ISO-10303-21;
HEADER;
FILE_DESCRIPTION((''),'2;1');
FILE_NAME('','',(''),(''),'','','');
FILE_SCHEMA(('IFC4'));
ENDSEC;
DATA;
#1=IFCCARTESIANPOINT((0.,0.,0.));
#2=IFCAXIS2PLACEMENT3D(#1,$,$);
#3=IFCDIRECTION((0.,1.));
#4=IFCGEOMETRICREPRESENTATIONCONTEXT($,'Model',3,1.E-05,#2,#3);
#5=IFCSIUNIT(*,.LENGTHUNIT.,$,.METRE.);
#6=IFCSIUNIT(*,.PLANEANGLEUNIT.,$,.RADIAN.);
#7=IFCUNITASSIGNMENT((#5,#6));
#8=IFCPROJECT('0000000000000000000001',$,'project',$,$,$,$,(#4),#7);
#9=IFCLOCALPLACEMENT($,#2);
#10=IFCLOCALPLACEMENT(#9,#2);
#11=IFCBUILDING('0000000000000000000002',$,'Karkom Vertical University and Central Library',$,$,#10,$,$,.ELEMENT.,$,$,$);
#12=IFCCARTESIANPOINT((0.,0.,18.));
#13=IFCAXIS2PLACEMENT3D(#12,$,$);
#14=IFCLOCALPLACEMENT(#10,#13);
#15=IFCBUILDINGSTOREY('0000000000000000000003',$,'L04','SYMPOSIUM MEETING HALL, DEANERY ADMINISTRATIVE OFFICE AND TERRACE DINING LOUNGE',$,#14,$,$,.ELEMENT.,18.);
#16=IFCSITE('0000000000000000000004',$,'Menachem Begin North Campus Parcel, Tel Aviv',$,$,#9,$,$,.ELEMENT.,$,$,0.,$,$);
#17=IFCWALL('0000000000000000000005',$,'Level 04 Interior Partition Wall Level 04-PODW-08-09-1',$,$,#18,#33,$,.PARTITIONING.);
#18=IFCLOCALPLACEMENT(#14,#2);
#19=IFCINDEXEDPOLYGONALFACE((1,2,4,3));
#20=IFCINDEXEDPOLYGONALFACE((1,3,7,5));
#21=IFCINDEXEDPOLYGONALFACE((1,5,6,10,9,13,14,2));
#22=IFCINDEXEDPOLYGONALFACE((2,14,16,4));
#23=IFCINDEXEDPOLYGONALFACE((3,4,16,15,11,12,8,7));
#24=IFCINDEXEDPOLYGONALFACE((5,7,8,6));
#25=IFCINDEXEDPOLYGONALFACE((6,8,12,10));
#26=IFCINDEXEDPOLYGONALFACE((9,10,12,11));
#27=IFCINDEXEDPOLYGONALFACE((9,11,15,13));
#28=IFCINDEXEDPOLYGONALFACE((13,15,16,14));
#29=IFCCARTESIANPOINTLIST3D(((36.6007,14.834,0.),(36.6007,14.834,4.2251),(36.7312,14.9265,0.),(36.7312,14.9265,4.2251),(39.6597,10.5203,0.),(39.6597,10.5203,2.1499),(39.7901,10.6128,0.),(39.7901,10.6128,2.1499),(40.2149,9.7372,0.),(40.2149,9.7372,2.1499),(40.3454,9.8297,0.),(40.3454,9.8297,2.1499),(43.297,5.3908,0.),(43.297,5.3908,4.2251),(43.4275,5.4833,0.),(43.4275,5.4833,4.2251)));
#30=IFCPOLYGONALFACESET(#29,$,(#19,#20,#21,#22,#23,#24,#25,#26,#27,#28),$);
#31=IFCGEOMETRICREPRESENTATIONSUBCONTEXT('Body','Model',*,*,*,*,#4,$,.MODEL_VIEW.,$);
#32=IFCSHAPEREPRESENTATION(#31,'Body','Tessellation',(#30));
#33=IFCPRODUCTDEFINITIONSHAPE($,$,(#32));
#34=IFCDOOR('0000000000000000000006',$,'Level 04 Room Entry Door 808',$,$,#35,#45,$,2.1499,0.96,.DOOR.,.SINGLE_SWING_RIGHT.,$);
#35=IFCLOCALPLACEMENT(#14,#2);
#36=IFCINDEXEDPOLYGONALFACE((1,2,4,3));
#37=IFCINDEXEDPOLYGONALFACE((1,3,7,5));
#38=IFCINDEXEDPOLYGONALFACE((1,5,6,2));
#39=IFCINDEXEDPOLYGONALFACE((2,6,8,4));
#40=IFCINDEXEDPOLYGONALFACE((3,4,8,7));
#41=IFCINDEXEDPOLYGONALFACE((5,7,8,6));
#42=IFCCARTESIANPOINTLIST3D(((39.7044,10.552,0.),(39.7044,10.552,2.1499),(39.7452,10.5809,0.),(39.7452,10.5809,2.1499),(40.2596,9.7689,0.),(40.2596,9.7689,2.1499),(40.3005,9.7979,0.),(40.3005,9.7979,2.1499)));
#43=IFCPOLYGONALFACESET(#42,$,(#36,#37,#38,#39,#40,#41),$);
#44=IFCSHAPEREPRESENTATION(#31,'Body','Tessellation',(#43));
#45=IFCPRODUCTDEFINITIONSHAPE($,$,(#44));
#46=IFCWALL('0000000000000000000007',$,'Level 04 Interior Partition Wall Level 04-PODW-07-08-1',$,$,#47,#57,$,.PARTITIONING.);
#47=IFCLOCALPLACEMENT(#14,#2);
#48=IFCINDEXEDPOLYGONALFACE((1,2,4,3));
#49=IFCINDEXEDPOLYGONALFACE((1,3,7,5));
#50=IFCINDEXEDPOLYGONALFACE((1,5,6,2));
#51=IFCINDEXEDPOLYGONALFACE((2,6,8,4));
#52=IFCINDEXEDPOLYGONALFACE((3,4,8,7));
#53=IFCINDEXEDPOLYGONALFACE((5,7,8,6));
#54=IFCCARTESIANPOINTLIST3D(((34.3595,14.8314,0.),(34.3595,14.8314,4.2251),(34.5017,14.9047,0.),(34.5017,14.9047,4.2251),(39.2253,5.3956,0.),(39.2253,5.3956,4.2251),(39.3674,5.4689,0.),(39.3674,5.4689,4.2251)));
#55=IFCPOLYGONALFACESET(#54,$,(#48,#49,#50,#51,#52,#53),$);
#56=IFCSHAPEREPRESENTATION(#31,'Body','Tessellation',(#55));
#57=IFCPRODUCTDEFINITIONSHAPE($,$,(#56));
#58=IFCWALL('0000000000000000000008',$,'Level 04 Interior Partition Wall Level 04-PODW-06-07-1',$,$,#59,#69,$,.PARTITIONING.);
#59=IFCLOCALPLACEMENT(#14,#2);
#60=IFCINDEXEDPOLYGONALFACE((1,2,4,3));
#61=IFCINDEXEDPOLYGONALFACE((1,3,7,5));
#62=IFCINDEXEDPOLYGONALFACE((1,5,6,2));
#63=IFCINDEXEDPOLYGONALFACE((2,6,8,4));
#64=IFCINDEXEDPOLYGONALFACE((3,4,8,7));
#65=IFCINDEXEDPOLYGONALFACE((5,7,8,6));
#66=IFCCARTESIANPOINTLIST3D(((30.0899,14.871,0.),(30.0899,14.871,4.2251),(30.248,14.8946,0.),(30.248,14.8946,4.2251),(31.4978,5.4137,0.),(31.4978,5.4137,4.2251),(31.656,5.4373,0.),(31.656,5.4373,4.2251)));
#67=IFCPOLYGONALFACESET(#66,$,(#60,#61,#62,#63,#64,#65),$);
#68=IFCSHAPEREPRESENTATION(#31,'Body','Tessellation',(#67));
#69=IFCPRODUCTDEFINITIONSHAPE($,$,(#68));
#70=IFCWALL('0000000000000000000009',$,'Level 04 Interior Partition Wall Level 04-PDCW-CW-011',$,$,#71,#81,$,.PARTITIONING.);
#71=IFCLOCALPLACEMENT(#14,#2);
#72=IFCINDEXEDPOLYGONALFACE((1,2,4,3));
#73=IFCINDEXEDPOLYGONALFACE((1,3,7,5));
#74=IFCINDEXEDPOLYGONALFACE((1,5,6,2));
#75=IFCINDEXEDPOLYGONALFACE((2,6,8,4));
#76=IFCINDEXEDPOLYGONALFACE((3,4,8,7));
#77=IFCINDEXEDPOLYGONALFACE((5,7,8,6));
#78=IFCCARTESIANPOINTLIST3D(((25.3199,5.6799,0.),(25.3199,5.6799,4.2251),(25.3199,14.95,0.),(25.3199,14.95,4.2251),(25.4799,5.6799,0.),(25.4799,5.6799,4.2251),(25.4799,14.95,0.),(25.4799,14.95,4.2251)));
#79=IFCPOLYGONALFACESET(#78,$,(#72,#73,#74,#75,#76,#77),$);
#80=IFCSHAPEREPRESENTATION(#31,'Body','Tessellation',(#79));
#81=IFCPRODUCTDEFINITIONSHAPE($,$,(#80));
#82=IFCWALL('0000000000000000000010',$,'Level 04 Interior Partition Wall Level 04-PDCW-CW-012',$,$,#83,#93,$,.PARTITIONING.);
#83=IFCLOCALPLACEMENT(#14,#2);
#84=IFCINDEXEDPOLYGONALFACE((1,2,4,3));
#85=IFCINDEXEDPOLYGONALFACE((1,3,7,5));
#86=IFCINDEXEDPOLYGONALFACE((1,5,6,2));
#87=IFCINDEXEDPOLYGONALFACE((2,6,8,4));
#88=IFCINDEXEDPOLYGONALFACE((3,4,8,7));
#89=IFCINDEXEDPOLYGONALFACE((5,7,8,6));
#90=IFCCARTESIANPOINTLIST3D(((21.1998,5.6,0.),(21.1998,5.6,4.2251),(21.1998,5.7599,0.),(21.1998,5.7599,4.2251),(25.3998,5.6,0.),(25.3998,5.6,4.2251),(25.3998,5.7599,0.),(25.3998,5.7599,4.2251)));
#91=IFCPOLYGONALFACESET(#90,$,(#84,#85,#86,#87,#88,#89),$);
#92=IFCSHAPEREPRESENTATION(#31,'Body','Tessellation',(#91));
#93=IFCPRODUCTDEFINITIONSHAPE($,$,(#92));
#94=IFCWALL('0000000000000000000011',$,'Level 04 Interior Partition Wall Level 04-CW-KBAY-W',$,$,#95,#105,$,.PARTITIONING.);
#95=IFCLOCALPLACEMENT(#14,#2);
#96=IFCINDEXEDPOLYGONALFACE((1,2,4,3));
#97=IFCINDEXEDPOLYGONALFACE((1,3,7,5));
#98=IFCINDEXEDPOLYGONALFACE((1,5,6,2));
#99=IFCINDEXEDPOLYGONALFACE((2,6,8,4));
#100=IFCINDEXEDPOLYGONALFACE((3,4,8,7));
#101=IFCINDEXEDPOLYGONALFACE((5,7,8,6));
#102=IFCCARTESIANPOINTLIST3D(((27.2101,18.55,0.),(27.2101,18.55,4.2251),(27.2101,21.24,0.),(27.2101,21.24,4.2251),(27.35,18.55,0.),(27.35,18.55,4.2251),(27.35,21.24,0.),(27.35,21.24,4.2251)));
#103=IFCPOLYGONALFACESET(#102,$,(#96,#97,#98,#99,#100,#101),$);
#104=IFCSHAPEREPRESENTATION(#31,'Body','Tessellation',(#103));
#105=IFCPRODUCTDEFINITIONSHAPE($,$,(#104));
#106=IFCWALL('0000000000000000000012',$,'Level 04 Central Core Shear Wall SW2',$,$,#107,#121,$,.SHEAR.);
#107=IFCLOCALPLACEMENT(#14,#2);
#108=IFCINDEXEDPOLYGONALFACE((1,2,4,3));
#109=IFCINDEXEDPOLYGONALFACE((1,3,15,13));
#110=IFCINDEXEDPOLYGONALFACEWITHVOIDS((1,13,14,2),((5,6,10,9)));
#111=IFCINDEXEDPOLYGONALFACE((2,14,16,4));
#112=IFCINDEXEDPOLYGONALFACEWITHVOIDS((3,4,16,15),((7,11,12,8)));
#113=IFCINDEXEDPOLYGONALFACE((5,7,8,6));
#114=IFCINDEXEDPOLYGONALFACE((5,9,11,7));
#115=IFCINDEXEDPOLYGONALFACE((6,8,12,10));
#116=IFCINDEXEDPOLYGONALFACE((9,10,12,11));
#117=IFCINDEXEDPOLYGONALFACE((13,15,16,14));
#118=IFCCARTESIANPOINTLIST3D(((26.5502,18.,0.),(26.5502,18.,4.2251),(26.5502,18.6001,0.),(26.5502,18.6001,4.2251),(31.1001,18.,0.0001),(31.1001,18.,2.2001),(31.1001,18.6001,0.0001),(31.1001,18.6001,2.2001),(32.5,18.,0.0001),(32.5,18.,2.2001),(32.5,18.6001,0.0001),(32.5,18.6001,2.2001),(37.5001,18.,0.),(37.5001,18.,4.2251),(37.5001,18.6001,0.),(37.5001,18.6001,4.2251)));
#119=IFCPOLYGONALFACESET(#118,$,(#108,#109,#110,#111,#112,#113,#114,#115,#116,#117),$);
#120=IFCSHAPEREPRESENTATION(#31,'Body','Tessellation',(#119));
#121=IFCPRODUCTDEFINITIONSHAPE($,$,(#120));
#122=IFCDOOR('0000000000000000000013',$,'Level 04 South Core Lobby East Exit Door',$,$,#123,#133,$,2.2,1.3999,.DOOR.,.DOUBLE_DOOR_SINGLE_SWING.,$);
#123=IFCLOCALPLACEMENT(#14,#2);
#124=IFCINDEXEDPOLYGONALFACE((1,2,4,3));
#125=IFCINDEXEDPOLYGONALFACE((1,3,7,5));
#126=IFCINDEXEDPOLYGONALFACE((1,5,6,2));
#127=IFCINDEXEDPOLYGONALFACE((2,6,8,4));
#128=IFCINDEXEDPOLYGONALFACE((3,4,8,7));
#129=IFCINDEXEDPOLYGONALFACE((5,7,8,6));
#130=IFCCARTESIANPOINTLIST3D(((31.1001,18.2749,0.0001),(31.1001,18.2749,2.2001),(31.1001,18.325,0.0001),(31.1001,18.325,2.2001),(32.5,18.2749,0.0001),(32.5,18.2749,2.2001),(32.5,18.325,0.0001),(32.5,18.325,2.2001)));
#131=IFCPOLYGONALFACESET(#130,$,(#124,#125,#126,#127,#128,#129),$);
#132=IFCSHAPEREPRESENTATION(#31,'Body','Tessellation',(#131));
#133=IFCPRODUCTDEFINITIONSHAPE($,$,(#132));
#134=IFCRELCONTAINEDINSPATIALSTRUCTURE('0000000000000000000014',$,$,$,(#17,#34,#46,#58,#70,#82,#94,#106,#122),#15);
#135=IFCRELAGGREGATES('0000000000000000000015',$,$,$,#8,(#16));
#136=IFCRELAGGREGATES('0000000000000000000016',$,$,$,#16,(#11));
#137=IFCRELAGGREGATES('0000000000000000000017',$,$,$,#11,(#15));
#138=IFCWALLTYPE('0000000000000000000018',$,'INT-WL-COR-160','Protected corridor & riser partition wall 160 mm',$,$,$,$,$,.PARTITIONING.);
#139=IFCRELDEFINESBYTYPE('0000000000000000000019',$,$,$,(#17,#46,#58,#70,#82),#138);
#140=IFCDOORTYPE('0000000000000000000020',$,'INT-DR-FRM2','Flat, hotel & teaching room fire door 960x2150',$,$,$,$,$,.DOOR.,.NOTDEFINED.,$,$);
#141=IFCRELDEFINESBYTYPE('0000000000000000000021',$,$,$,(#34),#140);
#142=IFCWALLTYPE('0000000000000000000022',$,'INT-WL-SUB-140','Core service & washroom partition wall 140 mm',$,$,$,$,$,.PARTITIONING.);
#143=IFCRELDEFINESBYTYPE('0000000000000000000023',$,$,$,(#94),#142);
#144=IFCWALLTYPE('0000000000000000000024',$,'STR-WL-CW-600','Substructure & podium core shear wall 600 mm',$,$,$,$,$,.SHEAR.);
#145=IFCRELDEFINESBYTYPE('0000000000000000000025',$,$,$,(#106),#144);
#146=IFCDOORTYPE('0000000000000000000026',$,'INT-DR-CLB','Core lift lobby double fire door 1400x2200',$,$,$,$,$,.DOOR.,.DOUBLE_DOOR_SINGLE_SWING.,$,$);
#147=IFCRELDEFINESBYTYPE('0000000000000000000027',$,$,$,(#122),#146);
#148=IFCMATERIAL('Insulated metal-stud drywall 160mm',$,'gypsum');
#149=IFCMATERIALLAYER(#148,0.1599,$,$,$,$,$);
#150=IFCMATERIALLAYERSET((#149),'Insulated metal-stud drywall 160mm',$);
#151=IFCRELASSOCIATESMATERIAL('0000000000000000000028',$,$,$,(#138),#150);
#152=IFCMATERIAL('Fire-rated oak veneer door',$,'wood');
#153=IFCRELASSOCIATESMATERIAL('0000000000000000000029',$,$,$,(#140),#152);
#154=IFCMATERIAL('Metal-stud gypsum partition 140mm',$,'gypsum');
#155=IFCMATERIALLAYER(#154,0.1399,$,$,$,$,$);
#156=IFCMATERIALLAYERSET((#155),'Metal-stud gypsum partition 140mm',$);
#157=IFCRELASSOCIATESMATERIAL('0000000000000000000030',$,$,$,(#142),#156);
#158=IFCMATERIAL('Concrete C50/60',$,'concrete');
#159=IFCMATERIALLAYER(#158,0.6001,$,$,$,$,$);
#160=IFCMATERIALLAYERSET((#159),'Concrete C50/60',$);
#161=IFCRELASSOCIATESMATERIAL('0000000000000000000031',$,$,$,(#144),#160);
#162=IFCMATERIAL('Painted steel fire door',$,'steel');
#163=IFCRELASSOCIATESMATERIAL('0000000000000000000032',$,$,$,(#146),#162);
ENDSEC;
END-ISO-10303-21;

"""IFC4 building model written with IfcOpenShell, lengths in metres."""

from ifc_helpers import new_model, si_unit, direction, frame, frame_2d, origin, origin_with_axes, place, context, subcontext, project, spatial, rectangle, extrude, source, transform, mapped, material, layer, layer_set, type_object, element, fill, save


model = new_model("IFC4")

# Units and contexts
model_context = context("Model", 3, precision=1e-05, world=origin(), true_north=direction((0.0, 1.0)))
body_context = subcontext(model_context, "Body", "Model", "MODEL_VIEW")
ifc_project = project(units=[si_unit("LENGTHUNIT", "METRE"), si_unit("PLANEANGLEUNIT", "RADIAN")], contexts=[model_context])

# Site, building, storey
site_placement = place(None, origin())
site = spatial("IfcSite", under=ifc_project, at=site_placement, Name="Menachem Begin North Campus Parcel, Tel Aviv", CompositionType="ELEMENT", RefElevation=0.0)
building_placement = place(site_placement, origin())
building = spatial("IfcBuilding", under=site, at=building_placement, Name="Karkom Vertical University and Central Library", CompositionType="ELEMENT")
storey_placement = place(building_placement, frame((0.0, 0.0, 18.0)))
storey = spatial("IfcBuildingStorey", under=building, at=storey_placement, Name="L04", Description="SYMPOSIUM MEETING HALL, DEANERY ADMINISTRATIVE OFFICE AND TERRACE DINING LOUNGE", CompositionType="ELEMENT", Elevation=18.0)

# Shared definitions
ifc_material_1 = material(Name="Concrete C50/60", Category="concrete")

# Wall, opening, door
ifc_material_2 = material(Name="Insulated metal-stud drywall 160mm", Category="gypsum")
ifc_layer_1 = layer(ifc_material_2, 0.1599)
ifc_layer_set_1 = layer_set([ifc_layer_1], Name="Insulated metal-stud drywall 160mm")
wall_type_1 = type_object("IfcWallType", Name="INT-WL-COR-160", Description="Protected corridor & riser partition wall 160 mm", PredefinedType="PARTITIONING", material=ifc_layer_set_1)
wall_1_placement = place(storey_placement, frame((36.666, 14.8801, 0.0), z_axis=(0.0, 0.0, 1.0), x_axis=(0.578444, -0.815722, 0.0)))
wall_1 = element("IfcWall", 1, at=wall_1_placement, inside=storey, type_object=wall_type_1, Name="Level 04 Interior Partition Wall Level 04-PODW-08-09-1", PredefinedType="PARTITIONING", context=body_context, shape_type="SweptSolid", body=[
    extrude(rectangle(XDim=11.5764, YDim=0.1599, at=frame_2d((5.7881, 0.0))), origin(), (0.0, 0.0, 1.0), 4.2251),
])
opening_1_placement = place(wall_1_placement, frame((5.2881, 0.0, 0.0)))
opening_1 = element("IfcOpeningElement", 2, at=opening_1_placement, cuts=wall_1, PredefinedType="OPENING", context=body_context, shape_type="SweptSolid", body=[
    extrude(rectangle(XDim=0.96, YDim=2.1499, at=frame_2d((0.48, 1.075))), frame((0.0, 0.0898, 0.0), z_axis=(0.0, -1.0, 0.0), x_axis=(1.0, 0.0, 0.0)), (0.0, 0.0, 1.0), 0.1799),
])
ifc_material_3 = material(Name="Fire-rated oak veneer door", Category="wood")
door_type_1 = type_object("IfcDoorType", Name="INT-DR-FRM2", Description="Flat, hotel & teaching room fire door 960x2150", OperationType="NOTDEFINED", PredefinedType="DOOR", material=ifc_material_3)
shared_shape_1 = source(origin_with_axes(), body_context, "Body", "SweptSolid", [
    extrude(rectangle(XDim=0.96, YDim=2.1499, at=frame_2d((0.48, 1.075))), frame((0.0, 0.0249, 0.0), z_axis=(0.0, -1.0, 0.0), x_axis=(1.0, 0.0, 0.0)), (0.0, 0.0, 1.0), 0.05),
])
door_1_placement = place(opening_1_placement, origin())
door_1 = element("IfcDoor", 3, at=door_1_placement, inside=storey, type_object=door_type_1, Name="Level 04 Room Entry Door 808", OperationType="SINGLE_SWING_RIGHT", OverallHeight=2.1499, OverallWidth=0.96, PredefinedType="DOOR", context=body_context, shape_type="MappedRepresentation", body=[
    mapped(shared_shape_1, transform((0.0, 0.0, 0.0), scale=1.0)),
])
fill(opening_1, door_1)

# Walls
wall_2_placement = place(storey_placement, frame((34.4307, 14.8679, 0.0), z_axis=(0.0, 0.0, 1.0), x_axis=(0.458318, -0.888788, 0.0)))
element("IfcWall", 4, at=wall_2_placement, inside=storey, type_object=wall_type_1, Name="Level 04 Interior Partition Wall Level 04-PODW-07-08-1", PredefinedType="PARTITIONING", context=body_context, shape_type="SweptSolid", body=[
    extrude(rectangle(XDim=10.6165, YDim=0.1599, at=frame_2d((5.3081, 0.0))), origin(), (0.0, 0.0, 1.0), 4.2251),
])
wall_3_placement = place(storey_placement, frame((30.1689, 14.8828, 0.0), z_axis=(0.0, 0.0, 1.0), x_axis=(0.147253, -0.989099, 0.0)))
element("IfcWall", 5, at=wall_3_placement, inside=storey, type_object=wall_type_1, Name="Level 04 Interior Partition Wall Level 04-PODW-06-07-1", PredefinedType="PARTITIONING", context=body_context, shape_type="SweptSolid", body=[
    extrude(rectangle(XDim=9.5615, YDim=0.1599, at=frame_2d((4.7808, 0.0))), origin(), (0.0, 0.0, 1.0), 4.2251),
])
wall_4_placement = place(storey_placement, frame((25.3999, 14.95, 0.0), z_axis=(0.0, 0.0, 1.0), x_axis=(0.0, -1.0, 0.0)))
element("IfcWall", 6, at=wall_4_placement, inside=storey, type_object=wall_type_1, Name="Level 04 Interior Partition Wall Level 04-PDCW-CW-011", PredefinedType="PARTITIONING", context=body_context, shape_type="SweptSolid", body=[
    extrude(rectangle(XDim=9.27, YDim=0.1599, at=frame_2d((4.635, 0.0))), origin(), (0.0, 0.0, 1.0), 4.2251),
])
wall_5_placement = place(storey_placement, frame((25.3999, 5.6799, 0.0), z_axis=(0.0, 0.0, 1.0), x_axis=(-1.0, 0.0, 0.0)))
element("IfcWall", 7, at=wall_5_placement, inside=storey, type_object=wall_type_1, Name="Level 04 Interior Partition Wall Level 04-PDCW-CW-012", PredefinedType="PARTITIONING", context=body_context, shape_type="SweptSolid", body=[
    extrude(rectangle(XDim=4.2, YDim=0.1599, at=frame_2d((2.1001, 0.0))), origin(), (0.0, 0.0, 1.0), 4.2251),
])
ifc_material_4 = material(Name="Metal-stud gypsum partition 140mm", Category="gypsum")
ifc_layer_2 = layer(ifc_material_4, 0.1399)
ifc_layer_set_2 = layer_set([ifc_layer_2], Name="Metal-stud gypsum partition 140mm")
wall_type_2 = type_object("IfcWallType", Name="INT-WL-SUB-140", Description="Core service & washroom partition wall 140 mm", PredefinedType="PARTITIONING", material=ifc_layer_set_2)
wall_6_placement = place(storey_placement, frame((27.28, 18.55, 0.0), z_axis=(0.0, 0.0, 1.0), x_axis=(0.0, 1.0, 0.0)))
element("IfcWall", 8, at=wall_6_placement, inside=storey, type_object=wall_type_2, Name="Level 04 Interior Partition Wall Level 04-CW-KBAY-W", PredefinedType="PARTITIONING", context=body_context, shape_type="SweptSolid", body=[
    extrude(rectangle(XDim=2.6899, YDim=0.1399, at=frame_2d((1.345, 0.0))), origin(), (0.0, 0.0, 1.0), 4.2251),
])

# Wall, opening, door
ifc_layer_3 = layer(ifc_material_1, 0.6001)
ifc_layer_set_3 = layer_set([ifc_layer_3], Name="Concrete C50/60")
wall_type_3 = type_object("IfcWallType", Name="STR-WL-CW-600", Description="Substructure & podium core shear wall 600 mm", PredefinedType="SHEAR", material=ifc_layer_set_3)
wall_7_placement = place(storey_placement, frame((26.55, 18.3, 0.0), z_axis=(0.0, 0.0, 1.0), x_axis=(1.0, 0.0, 0.0)))
wall_7 = element("IfcWall", 9, at=wall_7_placement, inside=storey, type_object=wall_type_3, Name="Level 04 Central Core Shear Wall SW2", PredefinedType="SHEAR", context=body_context, shape_type="SweptSolid", body=[
    extrude(rectangle(XDim=10.95, YDim=0.6001, at=frame_2d((5.4751, 0.0))), origin(), (0.0, 0.0, 1.0), 4.2251),
])
opening_2_placement = place(wall_7_placement, frame((4.55, 0.0, 0.0)))
opening_2 = element("IfcOpeningElement", 10, at=opening_2_placement, cuts=wall_7, PredefinedType="OPENING", context=body_context, shape_type="SweptSolid", body=[
    extrude(rectangle(XDim=1.3999, YDim=2.2, at=frame_2d((0.7, 1.1001))), frame((0.0, 0.3101, 0.0), z_axis=(0.0, -1.0, 0.0), x_axis=(1.0, 0.0, 0.0)), (0.0, 0.0, 1.0), 0.6201),
])
ifc_material_5 = material(Name="Painted steel fire door", Category="steel")
door_type_2 = type_object("IfcDoorType", Name="INT-DR-CLB", Description="Core lift lobby double fire door 1400x2200", OperationType="DOUBLE_DOOR_SINGLE_SWING", PredefinedType="DOOR", material=ifc_material_5)
shared_shape_2 = source(origin_with_axes(), body_context, "Body", "SweptSolid", [
    extrude(rectangle(XDim=1.3999, YDim=2.2, at=frame_2d((0.7, 1.1001))), frame((0.0, 0.0249, 0.0), z_axis=(0.0, -1.0, 0.0), x_axis=(1.0, 0.0, 0.0)), (0.0, 0.0, 1.0), 0.05),
])
door_2_placement = place(opening_2_placement, origin())
door_2 = element("IfcDoor", 11, at=door_2_placement, inside=storey, type_object=door_type_2, Name="Level 04 South Core Lobby East Exit Door", OperationType="DOUBLE_DOOR_SINGLE_SWING", OverallHeight=2.2, OverallWidth=1.3999, PredefinedType="DOOR", context=body_context, shape_type="MappedRepresentation", body=[
    mapped(shared_shape_2, transform((0.0, 0.0, 0.0), scale=1.0)),
])
fill(opening_2, door_2)

save(model, "model.ifc")
